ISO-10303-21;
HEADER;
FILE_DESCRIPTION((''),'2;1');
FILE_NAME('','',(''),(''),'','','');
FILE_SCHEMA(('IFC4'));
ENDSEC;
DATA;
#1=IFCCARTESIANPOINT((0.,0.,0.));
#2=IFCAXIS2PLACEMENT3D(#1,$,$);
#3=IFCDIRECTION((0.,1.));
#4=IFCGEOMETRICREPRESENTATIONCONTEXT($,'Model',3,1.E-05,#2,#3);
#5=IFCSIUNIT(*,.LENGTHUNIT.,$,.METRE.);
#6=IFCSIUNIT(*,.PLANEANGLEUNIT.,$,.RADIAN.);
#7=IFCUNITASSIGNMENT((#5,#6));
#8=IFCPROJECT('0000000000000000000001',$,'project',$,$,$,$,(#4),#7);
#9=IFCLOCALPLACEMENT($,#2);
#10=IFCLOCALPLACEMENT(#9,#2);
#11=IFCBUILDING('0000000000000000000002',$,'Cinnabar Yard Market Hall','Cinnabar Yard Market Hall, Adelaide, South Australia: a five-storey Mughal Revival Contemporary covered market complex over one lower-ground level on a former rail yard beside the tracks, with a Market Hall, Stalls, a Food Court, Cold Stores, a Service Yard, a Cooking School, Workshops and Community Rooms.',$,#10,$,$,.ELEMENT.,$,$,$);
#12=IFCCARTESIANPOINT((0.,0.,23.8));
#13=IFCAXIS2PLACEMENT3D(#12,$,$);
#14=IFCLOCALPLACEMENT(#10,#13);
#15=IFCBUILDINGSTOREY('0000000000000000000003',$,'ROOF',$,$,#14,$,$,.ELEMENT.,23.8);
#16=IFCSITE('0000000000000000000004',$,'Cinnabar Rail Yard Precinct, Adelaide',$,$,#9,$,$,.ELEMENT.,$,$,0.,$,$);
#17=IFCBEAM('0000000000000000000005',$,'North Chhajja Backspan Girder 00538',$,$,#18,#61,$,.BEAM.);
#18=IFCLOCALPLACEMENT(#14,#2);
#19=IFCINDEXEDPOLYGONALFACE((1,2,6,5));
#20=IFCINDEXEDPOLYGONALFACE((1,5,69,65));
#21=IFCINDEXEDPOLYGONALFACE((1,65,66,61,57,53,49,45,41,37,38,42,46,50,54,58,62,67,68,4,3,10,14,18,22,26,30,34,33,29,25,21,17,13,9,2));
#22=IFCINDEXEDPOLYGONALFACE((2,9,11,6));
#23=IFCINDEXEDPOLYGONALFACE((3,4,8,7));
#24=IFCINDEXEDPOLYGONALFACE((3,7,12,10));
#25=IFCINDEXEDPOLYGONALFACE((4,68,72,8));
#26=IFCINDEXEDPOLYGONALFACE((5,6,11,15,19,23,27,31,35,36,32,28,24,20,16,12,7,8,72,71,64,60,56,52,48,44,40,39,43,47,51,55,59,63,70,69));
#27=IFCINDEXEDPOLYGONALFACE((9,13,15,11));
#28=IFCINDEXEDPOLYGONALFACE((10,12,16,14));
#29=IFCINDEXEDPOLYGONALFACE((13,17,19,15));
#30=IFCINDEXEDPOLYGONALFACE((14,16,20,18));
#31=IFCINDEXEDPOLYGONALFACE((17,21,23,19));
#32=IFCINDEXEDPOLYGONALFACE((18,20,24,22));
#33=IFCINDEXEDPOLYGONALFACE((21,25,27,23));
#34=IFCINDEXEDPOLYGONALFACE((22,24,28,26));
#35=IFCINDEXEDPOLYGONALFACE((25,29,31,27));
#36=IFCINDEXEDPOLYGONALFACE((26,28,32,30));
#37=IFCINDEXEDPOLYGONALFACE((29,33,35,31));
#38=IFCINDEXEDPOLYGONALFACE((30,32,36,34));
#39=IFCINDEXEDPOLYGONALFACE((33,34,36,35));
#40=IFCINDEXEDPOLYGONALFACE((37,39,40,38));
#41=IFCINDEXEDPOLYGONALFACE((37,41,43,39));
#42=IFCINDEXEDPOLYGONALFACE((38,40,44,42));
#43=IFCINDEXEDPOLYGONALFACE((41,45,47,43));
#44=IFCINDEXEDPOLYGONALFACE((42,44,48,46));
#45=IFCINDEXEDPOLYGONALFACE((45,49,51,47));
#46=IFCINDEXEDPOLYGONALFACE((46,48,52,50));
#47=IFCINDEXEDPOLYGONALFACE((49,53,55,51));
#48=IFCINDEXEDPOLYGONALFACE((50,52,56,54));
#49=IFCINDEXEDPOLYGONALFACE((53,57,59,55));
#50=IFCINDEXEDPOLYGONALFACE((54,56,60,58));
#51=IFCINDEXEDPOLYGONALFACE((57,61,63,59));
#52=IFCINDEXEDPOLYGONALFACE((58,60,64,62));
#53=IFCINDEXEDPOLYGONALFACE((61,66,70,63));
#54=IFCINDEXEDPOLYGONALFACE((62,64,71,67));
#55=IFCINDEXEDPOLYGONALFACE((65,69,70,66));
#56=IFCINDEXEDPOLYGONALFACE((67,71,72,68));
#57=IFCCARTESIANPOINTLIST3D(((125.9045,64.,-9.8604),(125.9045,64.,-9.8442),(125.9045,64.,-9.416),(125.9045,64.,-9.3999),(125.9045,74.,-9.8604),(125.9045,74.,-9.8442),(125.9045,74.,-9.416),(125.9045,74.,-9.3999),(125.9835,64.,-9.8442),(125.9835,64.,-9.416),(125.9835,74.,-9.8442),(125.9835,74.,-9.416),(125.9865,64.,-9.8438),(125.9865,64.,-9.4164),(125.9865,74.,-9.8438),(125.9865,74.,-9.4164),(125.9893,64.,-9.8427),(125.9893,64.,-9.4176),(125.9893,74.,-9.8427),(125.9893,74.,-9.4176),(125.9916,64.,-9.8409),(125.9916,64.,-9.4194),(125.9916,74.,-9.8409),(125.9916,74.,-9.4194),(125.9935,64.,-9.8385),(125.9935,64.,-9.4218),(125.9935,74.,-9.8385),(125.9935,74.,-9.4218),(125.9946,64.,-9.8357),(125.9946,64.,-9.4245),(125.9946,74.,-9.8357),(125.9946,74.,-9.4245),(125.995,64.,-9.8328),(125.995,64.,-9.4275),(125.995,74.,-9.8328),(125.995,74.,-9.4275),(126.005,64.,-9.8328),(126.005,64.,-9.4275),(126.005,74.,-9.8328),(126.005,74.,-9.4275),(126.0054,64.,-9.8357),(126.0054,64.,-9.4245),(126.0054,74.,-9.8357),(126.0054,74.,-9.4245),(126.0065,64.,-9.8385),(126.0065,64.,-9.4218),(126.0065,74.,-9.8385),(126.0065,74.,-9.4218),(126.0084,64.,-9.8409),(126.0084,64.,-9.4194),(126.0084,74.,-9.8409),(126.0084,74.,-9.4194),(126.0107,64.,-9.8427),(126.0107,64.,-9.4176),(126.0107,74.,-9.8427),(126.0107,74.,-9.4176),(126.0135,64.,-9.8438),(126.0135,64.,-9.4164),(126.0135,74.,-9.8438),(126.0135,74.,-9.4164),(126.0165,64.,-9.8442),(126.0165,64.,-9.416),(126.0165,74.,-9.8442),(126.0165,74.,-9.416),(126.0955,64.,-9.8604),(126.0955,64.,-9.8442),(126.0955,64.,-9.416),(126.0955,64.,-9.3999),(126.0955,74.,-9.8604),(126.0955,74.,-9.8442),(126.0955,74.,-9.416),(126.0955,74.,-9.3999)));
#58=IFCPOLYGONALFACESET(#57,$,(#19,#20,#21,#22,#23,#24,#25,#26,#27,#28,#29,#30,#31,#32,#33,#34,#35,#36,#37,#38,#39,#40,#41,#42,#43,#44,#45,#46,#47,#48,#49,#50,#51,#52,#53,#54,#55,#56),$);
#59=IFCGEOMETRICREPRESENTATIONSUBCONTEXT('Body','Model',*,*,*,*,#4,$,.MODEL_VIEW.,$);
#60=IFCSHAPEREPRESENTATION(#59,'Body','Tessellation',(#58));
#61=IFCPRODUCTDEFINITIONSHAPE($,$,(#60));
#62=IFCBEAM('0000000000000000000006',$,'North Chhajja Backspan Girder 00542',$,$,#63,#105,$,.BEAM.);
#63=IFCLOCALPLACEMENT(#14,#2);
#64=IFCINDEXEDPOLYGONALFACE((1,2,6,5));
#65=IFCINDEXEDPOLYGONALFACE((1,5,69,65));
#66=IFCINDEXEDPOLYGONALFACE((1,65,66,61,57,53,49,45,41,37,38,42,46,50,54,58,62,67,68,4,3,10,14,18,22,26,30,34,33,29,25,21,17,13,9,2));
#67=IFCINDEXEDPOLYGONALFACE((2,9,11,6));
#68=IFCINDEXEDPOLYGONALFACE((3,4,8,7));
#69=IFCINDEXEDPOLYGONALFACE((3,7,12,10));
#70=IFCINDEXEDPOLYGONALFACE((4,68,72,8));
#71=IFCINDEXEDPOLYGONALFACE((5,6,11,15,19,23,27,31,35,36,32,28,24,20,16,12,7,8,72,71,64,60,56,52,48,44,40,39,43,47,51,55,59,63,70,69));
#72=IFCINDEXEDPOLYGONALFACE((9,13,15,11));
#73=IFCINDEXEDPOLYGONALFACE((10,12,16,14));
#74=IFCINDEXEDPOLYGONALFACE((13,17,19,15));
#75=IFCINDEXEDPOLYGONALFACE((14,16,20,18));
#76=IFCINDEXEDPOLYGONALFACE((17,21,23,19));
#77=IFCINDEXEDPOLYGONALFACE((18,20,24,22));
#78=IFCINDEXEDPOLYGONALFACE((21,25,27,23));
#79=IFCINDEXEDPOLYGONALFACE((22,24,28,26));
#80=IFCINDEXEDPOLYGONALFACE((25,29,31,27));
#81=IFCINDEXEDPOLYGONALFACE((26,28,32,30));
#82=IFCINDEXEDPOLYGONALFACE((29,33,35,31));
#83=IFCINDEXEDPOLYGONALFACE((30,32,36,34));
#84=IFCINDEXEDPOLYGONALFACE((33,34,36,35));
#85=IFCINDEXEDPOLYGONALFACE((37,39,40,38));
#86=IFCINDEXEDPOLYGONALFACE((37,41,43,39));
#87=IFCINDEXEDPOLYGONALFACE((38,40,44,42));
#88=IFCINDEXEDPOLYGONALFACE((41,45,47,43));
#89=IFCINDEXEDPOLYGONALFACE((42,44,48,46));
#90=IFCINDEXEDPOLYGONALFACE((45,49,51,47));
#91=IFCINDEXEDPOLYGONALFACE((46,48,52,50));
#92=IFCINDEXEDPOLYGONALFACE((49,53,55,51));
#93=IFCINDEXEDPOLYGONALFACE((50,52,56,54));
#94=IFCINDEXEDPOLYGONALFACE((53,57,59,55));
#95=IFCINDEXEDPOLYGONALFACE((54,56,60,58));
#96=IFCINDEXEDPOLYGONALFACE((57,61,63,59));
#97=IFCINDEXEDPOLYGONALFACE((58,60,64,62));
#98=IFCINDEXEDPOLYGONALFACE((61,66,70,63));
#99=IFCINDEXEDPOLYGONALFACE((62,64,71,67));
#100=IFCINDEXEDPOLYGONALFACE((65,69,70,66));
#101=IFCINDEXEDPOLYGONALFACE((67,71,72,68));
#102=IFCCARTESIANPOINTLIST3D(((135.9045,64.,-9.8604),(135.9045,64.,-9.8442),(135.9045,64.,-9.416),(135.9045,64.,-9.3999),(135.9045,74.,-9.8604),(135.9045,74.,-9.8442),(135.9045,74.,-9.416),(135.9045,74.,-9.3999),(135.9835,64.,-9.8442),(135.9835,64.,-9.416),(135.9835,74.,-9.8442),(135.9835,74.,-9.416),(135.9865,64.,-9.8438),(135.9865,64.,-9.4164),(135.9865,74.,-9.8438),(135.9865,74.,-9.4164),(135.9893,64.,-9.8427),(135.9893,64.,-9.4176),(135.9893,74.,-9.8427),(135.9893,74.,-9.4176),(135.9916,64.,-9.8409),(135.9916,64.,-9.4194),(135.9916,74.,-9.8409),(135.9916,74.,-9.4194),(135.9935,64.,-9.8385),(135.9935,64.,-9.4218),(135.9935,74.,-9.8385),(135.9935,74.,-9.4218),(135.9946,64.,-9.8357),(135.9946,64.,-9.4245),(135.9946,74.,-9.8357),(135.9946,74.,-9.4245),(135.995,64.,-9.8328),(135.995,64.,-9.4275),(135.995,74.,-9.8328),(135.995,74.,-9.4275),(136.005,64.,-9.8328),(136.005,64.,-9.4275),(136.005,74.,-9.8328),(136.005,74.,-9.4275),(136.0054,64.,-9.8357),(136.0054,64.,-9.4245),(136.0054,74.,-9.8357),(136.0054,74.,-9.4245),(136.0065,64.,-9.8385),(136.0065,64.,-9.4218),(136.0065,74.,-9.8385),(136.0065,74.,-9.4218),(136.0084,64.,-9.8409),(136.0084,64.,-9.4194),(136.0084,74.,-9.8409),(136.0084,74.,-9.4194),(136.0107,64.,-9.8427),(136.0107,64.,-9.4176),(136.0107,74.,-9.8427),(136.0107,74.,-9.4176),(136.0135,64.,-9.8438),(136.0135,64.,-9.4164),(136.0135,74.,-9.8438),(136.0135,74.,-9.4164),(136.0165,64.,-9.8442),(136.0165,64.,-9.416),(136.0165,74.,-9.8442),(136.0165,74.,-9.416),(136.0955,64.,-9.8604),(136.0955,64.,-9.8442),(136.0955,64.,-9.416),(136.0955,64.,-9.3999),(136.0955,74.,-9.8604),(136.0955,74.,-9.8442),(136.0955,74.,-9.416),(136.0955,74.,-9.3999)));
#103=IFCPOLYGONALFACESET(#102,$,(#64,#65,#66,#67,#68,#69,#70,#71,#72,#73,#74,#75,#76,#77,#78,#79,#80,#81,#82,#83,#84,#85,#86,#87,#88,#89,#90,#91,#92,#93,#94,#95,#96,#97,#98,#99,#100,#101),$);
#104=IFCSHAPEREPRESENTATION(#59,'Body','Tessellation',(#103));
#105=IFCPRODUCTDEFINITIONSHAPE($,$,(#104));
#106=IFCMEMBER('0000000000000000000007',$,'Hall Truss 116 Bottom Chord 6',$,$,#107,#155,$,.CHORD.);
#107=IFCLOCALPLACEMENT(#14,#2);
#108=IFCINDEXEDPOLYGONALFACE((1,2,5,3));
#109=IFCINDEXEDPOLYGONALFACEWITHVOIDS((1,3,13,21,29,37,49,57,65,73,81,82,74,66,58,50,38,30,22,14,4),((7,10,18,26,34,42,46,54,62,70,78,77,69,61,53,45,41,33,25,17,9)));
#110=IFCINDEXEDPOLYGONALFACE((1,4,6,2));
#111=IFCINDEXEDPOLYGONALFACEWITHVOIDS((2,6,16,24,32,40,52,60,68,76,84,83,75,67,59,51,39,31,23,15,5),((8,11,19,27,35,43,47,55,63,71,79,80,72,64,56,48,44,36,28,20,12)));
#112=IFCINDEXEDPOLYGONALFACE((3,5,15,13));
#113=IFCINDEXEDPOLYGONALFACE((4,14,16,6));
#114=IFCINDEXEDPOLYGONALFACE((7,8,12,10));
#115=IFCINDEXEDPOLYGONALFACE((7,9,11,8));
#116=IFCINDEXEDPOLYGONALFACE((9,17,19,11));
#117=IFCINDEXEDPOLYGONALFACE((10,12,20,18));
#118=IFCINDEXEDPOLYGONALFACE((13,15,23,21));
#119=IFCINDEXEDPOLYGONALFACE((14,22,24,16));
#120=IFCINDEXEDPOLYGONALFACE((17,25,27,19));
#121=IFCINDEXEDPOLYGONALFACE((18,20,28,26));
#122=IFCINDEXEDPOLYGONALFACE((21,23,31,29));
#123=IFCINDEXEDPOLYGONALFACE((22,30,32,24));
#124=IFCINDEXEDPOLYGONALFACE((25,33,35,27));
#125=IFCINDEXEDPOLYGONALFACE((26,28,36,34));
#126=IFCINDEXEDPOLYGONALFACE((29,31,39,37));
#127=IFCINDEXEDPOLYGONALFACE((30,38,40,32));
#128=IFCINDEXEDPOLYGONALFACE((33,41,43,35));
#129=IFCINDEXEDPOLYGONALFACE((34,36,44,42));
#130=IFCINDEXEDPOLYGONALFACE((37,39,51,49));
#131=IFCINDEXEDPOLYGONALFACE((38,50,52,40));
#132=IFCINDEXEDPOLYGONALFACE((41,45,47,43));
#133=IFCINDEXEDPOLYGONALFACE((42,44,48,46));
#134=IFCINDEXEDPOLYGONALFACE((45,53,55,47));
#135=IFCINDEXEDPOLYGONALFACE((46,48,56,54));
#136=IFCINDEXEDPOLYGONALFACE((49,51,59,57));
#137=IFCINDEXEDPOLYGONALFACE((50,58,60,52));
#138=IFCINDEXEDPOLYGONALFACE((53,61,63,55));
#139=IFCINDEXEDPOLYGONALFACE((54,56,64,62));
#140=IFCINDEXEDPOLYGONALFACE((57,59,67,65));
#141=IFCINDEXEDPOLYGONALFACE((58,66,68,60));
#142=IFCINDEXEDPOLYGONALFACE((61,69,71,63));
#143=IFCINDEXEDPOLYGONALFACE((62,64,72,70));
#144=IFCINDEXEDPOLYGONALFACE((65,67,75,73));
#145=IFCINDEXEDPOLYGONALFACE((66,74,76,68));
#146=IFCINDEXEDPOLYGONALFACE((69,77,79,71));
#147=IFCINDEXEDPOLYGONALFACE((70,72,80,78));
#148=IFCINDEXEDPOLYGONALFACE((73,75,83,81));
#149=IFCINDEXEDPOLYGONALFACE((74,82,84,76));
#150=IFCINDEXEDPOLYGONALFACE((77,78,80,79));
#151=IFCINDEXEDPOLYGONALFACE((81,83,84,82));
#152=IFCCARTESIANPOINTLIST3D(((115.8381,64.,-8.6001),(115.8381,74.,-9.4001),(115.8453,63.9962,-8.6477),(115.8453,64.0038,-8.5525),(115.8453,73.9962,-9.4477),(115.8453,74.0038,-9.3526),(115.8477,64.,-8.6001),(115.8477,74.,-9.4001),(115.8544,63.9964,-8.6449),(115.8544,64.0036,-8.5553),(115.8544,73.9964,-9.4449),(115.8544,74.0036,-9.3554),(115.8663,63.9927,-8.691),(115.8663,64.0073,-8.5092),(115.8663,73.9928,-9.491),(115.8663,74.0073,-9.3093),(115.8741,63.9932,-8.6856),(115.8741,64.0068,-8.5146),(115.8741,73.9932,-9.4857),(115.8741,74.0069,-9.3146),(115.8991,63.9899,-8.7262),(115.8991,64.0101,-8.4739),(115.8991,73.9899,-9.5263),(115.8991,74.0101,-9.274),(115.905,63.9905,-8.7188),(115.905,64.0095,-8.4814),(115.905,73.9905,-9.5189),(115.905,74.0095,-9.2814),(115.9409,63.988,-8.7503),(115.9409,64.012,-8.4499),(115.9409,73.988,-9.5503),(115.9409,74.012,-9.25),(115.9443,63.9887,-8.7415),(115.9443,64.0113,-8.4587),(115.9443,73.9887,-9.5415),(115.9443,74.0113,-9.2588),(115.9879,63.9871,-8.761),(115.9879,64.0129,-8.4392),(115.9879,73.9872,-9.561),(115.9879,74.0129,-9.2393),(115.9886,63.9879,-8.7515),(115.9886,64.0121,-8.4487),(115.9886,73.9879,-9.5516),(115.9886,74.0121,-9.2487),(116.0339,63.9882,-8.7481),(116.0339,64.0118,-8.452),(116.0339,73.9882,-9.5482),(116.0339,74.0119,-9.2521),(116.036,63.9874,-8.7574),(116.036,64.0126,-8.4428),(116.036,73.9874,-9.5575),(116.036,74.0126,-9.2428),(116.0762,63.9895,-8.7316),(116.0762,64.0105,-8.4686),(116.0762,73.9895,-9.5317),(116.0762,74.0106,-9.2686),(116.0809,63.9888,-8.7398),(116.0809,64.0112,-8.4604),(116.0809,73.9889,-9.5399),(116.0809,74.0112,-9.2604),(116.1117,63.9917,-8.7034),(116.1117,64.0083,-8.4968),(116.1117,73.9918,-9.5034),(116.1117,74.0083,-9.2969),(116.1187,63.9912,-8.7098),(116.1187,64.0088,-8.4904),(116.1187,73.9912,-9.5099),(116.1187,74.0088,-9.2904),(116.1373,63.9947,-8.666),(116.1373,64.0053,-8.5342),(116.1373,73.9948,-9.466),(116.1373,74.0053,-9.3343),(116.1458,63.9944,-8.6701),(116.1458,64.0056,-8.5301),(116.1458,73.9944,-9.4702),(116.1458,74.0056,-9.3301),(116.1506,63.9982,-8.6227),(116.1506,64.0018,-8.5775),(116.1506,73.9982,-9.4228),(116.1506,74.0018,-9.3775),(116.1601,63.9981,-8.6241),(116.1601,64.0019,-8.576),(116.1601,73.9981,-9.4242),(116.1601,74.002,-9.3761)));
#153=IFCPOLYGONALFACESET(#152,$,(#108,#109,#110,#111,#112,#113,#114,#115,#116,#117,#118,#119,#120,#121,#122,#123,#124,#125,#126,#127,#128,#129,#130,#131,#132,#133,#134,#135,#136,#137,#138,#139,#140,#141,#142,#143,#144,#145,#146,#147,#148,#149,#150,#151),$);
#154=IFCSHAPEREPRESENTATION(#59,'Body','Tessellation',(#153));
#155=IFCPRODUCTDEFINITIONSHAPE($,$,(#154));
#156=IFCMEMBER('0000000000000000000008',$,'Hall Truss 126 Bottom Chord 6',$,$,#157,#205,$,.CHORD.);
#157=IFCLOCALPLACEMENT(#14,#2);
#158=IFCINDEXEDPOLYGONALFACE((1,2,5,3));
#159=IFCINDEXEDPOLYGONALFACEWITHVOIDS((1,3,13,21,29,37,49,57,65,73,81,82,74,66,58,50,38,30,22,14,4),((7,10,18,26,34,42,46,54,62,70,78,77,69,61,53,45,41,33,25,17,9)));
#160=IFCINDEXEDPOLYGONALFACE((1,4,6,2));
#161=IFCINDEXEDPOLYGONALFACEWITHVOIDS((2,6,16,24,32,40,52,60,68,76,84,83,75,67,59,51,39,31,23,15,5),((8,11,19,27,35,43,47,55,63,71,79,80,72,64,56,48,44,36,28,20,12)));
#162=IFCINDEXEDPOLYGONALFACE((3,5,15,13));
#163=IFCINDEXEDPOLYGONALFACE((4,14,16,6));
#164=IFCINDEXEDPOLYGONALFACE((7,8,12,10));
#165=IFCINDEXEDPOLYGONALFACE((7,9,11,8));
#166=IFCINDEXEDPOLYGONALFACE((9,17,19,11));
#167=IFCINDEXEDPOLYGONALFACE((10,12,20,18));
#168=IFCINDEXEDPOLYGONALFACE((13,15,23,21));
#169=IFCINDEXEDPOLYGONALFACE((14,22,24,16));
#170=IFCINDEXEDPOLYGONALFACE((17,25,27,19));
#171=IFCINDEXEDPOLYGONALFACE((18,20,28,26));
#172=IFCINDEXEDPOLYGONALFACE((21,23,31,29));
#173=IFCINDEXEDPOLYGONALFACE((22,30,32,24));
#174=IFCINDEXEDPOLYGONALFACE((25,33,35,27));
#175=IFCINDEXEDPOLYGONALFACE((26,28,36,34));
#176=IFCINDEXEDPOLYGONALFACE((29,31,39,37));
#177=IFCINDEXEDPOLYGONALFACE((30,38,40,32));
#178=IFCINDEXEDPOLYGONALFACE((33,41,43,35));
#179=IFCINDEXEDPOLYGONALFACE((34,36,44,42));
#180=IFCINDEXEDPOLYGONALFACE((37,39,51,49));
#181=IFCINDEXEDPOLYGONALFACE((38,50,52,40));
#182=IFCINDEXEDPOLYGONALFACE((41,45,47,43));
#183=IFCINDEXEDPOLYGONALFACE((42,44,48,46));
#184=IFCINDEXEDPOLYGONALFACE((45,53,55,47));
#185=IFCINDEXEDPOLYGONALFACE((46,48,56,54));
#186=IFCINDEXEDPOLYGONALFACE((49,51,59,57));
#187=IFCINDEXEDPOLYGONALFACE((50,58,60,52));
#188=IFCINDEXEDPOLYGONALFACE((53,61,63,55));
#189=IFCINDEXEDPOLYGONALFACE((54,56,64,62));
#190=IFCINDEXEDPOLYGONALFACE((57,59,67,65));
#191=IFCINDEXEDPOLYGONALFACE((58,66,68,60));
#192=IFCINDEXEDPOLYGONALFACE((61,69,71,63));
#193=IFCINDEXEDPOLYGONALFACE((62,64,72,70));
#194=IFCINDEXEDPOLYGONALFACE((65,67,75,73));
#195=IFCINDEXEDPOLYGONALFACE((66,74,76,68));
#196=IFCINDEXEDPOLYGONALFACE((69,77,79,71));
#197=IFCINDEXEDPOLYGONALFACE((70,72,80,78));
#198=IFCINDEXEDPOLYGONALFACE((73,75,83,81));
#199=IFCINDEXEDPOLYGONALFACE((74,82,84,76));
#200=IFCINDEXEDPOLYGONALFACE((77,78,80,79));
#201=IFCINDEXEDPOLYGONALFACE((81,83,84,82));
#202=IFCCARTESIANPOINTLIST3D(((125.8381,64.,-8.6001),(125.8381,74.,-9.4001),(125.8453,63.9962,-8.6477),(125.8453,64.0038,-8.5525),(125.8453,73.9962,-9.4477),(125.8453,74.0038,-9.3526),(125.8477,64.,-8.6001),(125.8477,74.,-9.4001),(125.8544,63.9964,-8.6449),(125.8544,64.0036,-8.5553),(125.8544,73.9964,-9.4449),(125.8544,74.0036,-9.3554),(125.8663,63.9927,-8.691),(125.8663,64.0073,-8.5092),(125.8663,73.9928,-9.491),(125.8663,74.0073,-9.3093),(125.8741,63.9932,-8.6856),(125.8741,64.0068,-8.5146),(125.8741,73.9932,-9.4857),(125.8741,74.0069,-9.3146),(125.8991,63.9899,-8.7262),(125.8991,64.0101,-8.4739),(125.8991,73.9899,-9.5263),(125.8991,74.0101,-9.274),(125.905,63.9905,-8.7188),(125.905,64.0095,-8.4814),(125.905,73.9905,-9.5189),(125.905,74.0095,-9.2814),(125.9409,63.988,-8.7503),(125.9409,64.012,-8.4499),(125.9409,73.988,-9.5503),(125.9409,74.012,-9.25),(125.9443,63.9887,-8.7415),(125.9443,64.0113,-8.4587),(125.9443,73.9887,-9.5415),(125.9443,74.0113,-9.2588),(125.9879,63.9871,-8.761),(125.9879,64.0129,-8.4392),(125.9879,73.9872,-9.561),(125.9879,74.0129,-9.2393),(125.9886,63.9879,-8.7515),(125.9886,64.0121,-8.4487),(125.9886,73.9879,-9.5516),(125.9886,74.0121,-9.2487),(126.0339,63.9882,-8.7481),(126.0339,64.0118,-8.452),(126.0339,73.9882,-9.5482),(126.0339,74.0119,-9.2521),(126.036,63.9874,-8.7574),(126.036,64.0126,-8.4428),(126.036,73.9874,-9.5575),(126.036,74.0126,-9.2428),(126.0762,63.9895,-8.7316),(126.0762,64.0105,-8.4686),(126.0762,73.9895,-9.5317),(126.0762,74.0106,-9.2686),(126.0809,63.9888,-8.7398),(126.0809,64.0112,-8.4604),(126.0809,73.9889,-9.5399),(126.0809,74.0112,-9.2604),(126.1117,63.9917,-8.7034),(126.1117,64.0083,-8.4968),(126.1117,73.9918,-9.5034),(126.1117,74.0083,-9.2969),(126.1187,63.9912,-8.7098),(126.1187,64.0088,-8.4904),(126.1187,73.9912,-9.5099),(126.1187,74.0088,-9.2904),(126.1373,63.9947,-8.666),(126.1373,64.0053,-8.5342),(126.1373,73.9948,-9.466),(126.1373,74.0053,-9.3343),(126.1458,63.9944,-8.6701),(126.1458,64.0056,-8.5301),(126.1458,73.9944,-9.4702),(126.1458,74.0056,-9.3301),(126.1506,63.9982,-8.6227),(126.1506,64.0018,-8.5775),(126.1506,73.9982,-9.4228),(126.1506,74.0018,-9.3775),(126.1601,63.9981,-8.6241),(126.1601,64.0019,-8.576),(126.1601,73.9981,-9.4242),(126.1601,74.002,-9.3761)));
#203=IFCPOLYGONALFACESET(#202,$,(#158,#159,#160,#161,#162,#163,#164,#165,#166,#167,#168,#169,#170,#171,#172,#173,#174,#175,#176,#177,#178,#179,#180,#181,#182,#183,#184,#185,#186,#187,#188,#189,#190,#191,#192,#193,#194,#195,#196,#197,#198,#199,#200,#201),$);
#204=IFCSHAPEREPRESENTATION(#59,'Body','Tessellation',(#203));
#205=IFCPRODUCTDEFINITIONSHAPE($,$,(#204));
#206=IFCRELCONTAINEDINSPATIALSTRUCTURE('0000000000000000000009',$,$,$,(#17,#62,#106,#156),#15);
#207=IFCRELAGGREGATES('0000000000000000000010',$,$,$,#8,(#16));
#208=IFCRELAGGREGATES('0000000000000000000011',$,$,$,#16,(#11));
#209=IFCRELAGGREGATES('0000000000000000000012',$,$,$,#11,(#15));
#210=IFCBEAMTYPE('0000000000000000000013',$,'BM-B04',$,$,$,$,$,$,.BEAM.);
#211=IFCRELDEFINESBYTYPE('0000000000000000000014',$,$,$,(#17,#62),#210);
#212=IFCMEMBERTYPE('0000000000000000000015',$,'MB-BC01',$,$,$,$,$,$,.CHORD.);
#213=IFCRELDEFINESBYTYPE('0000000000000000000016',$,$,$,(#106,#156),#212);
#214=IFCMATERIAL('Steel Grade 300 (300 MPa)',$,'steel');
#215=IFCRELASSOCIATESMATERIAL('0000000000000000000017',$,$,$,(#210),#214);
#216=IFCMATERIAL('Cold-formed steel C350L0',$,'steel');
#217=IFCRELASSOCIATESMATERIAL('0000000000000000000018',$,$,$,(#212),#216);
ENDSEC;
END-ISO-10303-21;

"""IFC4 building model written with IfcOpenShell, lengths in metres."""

from ifc_helpers import new_model, si_unit, direction, frame, origin, origin_2d_with_axis, place, context, subcontext, project, spatial, hollow_circle, i_section, extrude, material, material_profile, profile_set, type_object, element, save


model = new_model("IFC4")

# Units and contexts
model_context = context("Model", 3, precision=1e-05, world=origin(), true_north=direction((0.0, 1.0)))
body_context = subcontext(model_context, "Body", "Model", "MODEL_VIEW")
ifc_project = project(units=[si_unit("LENGTHUNIT", "METRE"), si_unit("PLANEANGLEUNIT", "RADIAN")], contexts=[model_context])

# Site, building, storey
site_placement = place(None, origin())
site = spatial("IfcSite", under=ifc_project, at=site_placement, Name="Cinnabar Rail Yard Precinct, Adelaide", CompositionType="ELEMENT", RefElevation=0.0)
building_placement = place(site_placement, origin())
building = spatial("IfcBuilding", under=site, at=building_placement, Name="Cinnabar Yard Market Hall", Description="Cinnabar Yard Market Hall, Adelaide, South Australia: a five-storey Mughal Revival Contemporary covered market complex over one lower-ground level on a former rail yard beside the tracks, with a Market Hall, Stalls, a Food Court, Cold Stores, a Service Yard, a Cooking School, Workshops and Community Rooms.", CompositionType="ELEMENT")
storey_placement = place(building_placement, frame((0.0, 0.0, 23.8)))
storey = spatial("IfcBuildingStorey", under=building, at=storey_placement, Name="ROOF", CompositionType="ELEMENT", Elevation=23.8)

# Beams
ifc_material_1 = material(Name="Steel Grade 300 (300 MPa)", Category="steel")
ifc_material_profile_1 = material_profile(ifc_material_1, i_section(OverallWidth=0.1909, OverallDepth=0.4604, WebThickness=0.01, FlangeThickness=0.0161, FilletRadius=0.0115, at=origin_2d_with_axis()), Name="460UB82.1")
ifc_profile_set_1 = profile_set([ifc_material_profile_1], Name="Steel Grade 300 (300 MPa)")
beam_type_1 = type_object("IfcBeamType", Name="BM-B04", PredefinedType="BEAM", material=ifc_profile_set_1)
for number, where, z_axis, x_axis, name in (
    (1, (126.0, 64.0, -9.6301), (0.0, 1.0, 0.0), (-1.0, 0.0, 0.0), "North Chhajja Backspan Girder 00538"),
    (2, (136.0, 64.0, -9.6301), (0.0, 1.0, 0.0), (-1.0, 0.0, 0.0), "North Chhajja Backspan Girder 00542"),
):
    element("IfcBeam", number, at=place(storey_placement, frame(where, z_axis=z_axis, x_axis=x_axis)), inside=storey, type_object=beam_type_1, Name=name, PredefinedType="BEAM", context=body_context, shape_type="SweptSolid", body=[
        extrude(i_section(OverallWidth=0.1909, OverallDepth=0.4604, WebThickness=0.01, FlangeThickness=0.0161, FilletRadius=0.0115, at=origin_2d_with_axis()), origin(), (0.0, 0.0, 1.0), 10.0),
    ])

# Members
ifc_material_2 = material(Name="Cold-formed steel C350L0", Category="steel")
ifc_material_profile_2 = material_profile(ifc_material_2, hollow_circle(Radius=0.1619, WallThickness=0.0095, at=origin_2d_with_axis()), Name="323.9x9.5CHS")
ifc_profile_set_2 = profile_set([ifc_material_profile_2], Name="Cold-formed steel C350L0")
member_type_1 = type_object("IfcMemberType", Name="MB-BC01", PredefinedType="CHORD", material=ifc_profile_set_2)
for number, where, z_axis, x_axis, name in (
    (3, (116.0, 64.0, -8.6001), (0.0, 0.996815, -0.07975), (-1.0, 0.0, 0.0), "Hall Truss 116 Bottom Chord 6"),
    (4, (126.0, 64.0, -8.6001), (0.0, 0.996815, -0.07975), (-1.0, 0.0, 0.0), "Hall Truss 126 Bottom Chord 6"),
):
    element("IfcMember", number, at=place(storey_placement, frame(where, z_axis=z_axis, x_axis=x_axis)), inside=storey, type_object=member_type_1, Name=name, PredefinedType="CHORD", context=body_context, shape_type="SweptSolid", body=[
        extrude(hollow_circle(Radius=0.1619, WallThickness=0.0095, at=origin_2d_with_axis()), origin(), (0.0, 0.0, 1.0), 10.032),
    ])

save(model, "model.ifc")
